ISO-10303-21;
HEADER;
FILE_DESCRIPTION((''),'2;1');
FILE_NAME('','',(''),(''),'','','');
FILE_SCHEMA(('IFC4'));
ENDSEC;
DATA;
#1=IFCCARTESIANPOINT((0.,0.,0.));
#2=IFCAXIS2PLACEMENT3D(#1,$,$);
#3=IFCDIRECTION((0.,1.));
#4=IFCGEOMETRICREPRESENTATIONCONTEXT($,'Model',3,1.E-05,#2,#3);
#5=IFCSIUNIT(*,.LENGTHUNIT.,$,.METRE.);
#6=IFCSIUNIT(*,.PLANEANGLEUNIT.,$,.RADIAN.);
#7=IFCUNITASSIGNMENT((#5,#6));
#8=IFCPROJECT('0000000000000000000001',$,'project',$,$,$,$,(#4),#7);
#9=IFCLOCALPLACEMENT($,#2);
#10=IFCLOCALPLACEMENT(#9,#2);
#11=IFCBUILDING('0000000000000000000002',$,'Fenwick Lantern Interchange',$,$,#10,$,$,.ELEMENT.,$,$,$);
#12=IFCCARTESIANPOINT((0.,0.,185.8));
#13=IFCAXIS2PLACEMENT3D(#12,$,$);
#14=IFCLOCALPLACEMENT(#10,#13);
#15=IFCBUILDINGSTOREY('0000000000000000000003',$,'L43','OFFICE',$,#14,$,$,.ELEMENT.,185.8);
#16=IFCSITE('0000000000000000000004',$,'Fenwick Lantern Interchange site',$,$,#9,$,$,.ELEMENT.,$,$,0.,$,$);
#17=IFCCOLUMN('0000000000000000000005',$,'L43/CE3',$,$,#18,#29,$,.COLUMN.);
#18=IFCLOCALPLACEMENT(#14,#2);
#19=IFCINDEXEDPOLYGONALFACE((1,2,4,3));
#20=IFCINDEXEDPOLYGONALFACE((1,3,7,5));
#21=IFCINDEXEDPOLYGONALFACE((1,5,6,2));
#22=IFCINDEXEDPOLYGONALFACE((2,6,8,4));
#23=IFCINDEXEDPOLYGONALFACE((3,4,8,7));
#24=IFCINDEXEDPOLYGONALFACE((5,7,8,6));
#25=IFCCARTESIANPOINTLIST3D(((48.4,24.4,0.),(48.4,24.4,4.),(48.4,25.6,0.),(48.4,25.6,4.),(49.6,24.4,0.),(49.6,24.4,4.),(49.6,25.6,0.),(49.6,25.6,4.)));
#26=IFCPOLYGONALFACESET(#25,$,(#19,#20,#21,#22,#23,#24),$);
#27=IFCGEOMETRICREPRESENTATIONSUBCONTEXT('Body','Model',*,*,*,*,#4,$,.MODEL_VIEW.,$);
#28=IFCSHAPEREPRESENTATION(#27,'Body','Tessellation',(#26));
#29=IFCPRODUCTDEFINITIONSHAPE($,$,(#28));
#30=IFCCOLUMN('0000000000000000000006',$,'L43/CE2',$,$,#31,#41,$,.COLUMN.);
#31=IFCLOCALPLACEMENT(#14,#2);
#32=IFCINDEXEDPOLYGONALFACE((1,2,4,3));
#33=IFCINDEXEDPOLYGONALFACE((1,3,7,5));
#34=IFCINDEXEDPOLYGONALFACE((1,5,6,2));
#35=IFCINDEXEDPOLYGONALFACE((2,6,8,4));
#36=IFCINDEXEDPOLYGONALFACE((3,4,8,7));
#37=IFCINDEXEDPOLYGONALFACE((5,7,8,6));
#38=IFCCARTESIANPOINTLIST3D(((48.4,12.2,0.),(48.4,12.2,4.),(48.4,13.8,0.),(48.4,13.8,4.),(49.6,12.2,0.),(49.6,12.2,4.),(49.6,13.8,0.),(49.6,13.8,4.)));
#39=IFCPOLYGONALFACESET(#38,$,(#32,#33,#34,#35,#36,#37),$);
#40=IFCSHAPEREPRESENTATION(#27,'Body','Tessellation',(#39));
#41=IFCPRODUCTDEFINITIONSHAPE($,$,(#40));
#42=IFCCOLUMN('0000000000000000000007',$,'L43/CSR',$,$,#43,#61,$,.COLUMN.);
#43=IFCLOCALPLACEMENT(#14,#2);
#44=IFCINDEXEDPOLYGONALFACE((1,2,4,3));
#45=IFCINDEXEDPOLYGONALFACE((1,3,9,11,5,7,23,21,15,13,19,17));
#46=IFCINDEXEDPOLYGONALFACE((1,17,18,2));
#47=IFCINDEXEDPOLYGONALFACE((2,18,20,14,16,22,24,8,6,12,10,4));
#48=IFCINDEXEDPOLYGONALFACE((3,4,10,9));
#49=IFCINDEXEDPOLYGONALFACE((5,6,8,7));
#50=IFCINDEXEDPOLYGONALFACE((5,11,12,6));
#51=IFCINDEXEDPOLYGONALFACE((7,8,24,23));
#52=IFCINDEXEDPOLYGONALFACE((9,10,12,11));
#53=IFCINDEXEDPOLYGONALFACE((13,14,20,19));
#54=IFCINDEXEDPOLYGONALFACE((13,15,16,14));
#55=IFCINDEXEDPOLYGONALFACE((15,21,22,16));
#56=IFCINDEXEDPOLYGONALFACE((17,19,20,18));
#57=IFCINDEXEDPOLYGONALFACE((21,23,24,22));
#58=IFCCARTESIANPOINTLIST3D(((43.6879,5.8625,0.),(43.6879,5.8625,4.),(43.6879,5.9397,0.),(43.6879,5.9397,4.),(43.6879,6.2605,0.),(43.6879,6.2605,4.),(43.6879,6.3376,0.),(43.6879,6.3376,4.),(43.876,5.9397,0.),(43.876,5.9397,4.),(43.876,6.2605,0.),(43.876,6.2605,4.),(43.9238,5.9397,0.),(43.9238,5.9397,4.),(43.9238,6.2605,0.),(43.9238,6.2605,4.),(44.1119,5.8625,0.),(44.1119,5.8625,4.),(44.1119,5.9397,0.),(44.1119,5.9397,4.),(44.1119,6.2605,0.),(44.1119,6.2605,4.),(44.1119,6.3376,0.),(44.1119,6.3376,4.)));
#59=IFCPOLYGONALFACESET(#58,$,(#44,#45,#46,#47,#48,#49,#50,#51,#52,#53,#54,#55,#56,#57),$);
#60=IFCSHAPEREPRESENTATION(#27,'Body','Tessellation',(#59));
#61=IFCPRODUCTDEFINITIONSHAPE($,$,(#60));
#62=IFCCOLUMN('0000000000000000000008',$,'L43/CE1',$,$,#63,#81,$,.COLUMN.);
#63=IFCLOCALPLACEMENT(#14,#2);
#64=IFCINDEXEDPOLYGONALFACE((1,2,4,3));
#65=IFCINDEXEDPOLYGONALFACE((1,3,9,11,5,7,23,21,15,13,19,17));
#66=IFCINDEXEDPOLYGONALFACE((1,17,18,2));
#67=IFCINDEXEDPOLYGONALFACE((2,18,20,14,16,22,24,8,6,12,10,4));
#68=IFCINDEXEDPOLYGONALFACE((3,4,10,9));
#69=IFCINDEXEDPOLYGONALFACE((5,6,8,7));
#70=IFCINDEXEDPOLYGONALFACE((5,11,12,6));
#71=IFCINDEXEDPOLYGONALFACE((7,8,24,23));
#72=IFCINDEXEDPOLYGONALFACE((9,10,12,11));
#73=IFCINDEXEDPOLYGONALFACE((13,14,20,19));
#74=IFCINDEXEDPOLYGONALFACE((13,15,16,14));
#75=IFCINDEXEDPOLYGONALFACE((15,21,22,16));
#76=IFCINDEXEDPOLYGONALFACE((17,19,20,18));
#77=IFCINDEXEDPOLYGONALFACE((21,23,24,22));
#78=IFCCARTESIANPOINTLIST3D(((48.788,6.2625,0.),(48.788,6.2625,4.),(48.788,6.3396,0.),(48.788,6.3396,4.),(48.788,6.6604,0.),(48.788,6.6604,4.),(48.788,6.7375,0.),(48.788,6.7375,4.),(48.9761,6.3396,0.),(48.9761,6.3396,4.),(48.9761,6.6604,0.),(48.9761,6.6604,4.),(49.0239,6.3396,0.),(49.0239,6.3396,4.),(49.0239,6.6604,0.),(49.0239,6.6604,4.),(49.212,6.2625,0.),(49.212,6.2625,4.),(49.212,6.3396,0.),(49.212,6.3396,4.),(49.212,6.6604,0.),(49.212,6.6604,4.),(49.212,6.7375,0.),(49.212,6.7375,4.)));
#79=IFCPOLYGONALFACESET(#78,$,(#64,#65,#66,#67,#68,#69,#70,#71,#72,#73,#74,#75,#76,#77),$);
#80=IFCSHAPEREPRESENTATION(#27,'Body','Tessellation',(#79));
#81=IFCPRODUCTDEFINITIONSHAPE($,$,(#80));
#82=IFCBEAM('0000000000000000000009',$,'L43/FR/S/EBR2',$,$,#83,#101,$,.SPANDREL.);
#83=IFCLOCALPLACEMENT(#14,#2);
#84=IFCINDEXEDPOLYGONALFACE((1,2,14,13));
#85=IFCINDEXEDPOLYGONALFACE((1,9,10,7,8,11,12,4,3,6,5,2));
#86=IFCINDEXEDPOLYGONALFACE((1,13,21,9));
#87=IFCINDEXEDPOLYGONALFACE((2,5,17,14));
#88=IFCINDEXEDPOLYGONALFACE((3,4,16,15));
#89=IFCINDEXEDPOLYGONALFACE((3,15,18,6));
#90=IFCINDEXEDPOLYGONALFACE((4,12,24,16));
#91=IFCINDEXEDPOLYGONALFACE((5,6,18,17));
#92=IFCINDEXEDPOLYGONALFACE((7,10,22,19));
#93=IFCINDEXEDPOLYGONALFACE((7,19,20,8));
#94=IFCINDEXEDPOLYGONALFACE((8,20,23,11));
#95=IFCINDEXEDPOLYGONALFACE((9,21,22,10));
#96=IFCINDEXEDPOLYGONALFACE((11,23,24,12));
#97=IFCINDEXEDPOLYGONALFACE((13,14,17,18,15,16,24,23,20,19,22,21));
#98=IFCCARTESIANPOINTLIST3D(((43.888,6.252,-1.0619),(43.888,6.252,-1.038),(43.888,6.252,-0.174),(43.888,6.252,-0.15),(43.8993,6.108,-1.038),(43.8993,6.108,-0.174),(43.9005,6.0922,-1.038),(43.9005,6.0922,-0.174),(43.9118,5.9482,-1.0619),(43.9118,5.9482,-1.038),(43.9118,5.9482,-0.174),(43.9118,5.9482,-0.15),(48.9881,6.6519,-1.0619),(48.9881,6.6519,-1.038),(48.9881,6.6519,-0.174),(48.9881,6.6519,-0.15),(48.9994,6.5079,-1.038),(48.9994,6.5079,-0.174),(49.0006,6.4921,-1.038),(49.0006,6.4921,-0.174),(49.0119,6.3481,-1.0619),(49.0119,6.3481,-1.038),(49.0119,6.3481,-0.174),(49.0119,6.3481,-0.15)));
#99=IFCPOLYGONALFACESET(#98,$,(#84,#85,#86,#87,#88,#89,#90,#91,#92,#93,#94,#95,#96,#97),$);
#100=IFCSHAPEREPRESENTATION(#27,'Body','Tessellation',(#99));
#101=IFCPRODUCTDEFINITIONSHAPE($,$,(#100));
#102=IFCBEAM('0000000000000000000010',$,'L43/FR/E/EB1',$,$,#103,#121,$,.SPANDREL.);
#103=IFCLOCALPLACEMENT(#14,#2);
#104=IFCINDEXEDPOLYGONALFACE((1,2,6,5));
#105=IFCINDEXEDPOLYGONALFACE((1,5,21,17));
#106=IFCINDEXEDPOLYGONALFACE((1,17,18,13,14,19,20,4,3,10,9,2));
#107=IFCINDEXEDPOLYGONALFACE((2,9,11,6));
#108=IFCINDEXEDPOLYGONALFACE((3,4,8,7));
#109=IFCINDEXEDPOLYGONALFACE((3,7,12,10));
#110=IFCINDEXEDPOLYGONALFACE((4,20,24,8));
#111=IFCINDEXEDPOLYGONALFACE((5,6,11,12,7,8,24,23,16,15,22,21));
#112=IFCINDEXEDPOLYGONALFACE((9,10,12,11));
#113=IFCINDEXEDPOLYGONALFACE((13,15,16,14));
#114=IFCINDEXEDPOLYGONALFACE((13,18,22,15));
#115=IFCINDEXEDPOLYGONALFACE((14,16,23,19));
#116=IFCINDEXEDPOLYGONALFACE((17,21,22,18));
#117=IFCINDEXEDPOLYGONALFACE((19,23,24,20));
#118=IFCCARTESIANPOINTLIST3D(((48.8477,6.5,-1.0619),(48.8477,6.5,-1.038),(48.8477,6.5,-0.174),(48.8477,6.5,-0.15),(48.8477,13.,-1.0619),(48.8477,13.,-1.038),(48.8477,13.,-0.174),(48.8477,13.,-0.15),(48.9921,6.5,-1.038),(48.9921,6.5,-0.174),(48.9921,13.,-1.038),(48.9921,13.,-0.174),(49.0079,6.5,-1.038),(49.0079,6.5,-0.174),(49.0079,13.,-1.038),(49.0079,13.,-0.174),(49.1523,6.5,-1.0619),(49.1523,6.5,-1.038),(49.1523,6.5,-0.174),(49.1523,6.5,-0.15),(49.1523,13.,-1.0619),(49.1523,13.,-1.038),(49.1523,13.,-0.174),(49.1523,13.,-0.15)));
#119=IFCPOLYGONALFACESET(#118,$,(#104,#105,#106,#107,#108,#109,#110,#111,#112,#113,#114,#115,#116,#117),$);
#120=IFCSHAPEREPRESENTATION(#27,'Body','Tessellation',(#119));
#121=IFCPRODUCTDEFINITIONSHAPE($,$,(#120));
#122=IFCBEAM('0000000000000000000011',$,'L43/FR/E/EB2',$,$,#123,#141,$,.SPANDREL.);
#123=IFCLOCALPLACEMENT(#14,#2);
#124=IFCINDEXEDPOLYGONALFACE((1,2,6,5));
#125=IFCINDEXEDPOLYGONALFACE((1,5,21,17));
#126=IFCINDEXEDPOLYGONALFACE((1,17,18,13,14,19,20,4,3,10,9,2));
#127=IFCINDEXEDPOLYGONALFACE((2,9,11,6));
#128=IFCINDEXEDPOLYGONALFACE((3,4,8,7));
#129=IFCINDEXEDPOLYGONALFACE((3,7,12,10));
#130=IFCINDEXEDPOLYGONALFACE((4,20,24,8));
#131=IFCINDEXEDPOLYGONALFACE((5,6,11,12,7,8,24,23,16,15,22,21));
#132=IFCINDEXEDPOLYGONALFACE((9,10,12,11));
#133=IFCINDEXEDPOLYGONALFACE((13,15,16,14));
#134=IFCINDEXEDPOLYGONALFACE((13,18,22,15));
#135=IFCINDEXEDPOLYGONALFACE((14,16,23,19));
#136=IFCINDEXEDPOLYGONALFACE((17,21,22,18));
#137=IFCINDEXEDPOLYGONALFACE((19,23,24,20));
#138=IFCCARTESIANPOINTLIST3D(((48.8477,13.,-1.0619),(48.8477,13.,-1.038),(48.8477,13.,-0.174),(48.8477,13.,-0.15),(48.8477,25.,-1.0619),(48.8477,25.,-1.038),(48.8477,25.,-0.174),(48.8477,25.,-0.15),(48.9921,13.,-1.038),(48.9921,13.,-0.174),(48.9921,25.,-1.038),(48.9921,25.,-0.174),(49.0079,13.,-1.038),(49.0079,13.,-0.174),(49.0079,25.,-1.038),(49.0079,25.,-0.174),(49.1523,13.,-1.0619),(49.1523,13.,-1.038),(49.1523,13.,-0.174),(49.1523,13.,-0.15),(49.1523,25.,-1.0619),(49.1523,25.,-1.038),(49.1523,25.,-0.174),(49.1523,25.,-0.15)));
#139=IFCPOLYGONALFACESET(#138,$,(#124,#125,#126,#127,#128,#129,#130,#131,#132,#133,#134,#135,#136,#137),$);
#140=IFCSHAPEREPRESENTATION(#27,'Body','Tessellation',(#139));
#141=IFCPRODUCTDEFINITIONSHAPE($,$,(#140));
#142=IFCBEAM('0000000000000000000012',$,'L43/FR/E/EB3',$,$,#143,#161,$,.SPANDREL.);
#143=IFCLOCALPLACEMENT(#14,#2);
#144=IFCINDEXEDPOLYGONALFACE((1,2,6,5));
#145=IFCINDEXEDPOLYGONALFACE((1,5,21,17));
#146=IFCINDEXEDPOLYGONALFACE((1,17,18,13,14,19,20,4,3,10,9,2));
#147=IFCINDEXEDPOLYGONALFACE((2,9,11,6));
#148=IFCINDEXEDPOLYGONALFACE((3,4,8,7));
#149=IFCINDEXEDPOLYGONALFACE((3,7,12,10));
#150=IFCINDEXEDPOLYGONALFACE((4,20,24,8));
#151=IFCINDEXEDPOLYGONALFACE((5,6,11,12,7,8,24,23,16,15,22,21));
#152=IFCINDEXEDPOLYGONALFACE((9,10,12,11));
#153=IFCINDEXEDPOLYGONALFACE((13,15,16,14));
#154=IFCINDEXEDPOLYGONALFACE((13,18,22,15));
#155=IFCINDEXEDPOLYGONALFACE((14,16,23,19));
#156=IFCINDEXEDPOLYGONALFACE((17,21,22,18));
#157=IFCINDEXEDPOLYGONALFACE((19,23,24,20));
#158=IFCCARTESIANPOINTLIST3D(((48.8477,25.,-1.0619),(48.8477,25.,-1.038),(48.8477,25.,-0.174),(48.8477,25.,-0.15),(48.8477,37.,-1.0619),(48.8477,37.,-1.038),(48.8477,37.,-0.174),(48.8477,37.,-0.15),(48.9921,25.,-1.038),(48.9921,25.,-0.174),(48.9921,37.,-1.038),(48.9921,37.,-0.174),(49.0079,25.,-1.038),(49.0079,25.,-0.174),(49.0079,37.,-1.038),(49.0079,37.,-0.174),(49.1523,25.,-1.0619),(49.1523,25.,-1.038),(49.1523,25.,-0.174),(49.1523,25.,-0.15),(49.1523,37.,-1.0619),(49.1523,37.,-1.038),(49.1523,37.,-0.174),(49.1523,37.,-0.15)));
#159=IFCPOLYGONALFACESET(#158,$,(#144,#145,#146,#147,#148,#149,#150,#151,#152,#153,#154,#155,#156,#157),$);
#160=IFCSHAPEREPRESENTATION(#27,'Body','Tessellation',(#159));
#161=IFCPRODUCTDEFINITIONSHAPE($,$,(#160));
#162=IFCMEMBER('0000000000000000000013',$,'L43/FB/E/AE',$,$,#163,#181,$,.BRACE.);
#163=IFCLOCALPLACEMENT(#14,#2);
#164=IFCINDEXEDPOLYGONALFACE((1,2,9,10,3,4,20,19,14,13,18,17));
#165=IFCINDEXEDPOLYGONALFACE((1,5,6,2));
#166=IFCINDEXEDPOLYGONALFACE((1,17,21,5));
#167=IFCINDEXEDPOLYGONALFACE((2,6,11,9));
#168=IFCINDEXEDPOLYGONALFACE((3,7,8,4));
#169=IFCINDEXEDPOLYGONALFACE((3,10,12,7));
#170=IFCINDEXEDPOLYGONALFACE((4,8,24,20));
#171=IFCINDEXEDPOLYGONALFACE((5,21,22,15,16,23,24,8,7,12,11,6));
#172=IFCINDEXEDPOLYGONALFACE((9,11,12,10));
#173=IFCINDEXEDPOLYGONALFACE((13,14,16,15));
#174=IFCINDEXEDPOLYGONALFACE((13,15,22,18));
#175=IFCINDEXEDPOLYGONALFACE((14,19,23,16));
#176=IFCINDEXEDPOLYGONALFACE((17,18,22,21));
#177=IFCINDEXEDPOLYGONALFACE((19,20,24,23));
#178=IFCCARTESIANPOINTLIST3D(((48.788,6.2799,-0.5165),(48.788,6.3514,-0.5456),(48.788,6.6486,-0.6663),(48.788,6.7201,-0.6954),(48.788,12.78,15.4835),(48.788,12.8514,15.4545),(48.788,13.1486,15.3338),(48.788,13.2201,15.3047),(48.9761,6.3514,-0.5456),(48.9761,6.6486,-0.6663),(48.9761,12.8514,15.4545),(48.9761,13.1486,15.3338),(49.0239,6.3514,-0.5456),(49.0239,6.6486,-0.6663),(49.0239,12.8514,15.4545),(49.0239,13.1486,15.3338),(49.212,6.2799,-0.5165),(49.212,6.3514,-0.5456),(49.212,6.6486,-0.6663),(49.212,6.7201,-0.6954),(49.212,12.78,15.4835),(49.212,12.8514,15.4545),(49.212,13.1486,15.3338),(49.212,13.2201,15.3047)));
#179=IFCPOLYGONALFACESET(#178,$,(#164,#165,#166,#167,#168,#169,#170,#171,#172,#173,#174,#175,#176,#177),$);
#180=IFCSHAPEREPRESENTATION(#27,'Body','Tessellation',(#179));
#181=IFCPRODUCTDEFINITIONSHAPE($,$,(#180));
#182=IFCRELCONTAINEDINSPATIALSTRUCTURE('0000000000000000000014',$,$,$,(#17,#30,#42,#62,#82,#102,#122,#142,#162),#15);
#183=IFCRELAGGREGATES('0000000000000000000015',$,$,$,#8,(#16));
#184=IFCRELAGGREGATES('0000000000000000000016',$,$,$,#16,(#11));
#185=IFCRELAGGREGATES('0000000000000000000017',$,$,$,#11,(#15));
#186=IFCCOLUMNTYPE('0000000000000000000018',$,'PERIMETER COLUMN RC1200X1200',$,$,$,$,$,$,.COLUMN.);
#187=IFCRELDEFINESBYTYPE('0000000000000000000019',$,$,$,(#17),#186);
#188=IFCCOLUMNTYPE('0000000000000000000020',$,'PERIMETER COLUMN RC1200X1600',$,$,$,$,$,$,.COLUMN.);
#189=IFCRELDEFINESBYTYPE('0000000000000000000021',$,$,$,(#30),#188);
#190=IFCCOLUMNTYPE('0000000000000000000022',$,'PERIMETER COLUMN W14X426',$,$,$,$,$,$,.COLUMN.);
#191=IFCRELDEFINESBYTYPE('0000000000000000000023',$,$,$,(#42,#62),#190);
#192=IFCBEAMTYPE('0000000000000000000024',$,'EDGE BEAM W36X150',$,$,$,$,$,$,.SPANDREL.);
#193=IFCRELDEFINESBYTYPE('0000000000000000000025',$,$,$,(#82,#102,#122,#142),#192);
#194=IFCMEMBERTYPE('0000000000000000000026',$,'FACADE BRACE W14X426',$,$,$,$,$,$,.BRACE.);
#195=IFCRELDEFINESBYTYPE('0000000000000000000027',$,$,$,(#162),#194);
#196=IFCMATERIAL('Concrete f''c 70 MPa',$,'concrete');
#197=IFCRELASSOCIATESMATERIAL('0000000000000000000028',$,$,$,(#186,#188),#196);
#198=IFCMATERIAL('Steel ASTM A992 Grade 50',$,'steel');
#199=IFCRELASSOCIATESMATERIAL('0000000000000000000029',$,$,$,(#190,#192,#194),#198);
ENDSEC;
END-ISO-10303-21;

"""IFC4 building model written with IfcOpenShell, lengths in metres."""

from ifc_helpers import new_model, si_unit, direction, frame, origin, origin_2d, place, context, subcontext, project, spatial, rectangle, i_section, extrude, material, material_profile, profile_set, type_object, element, save


model = new_model("IFC4")

# Units and contexts
model_context = context("Model", 3, precision=1e-05, world=origin(), true_north=direction((0.0, 1.0)))
body_context = subcontext(model_context, "Body", "Model", "MODEL_VIEW")
ifc_project = project(units=[si_unit("LENGTHUNIT", "METRE"), si_unit("PLANEANGLEUNIT", "RADIAN")], contexts=[model_context])

# Site, building, storey
site_placement = place(None, origin())
site = spatial("IfcSite", under=ifc_project, at=site_placement, Name="Fenwick Lantern Interchange site", CompositionType="ELEMENT", RefElevation=0.0)
building_placement = place(site_placement, origin())
building = spatial("IfcBuilding", under=site, at=building_placement, Name="Fenwick Lantern Interchange", CompositionType="ELEMENT")
storey_placement = place(building_placement, frame((0.0, 0.0, 185.8)))
storey = spatial("IfcBuildingStorey", under=building, at=storey_placement, Name="L43", Description="OFFICE", CompositionType="ELEMENT", Elevation=185.8)

# Columns
ifc_material_1 = material(Name="Concrete f'c 70 MPa", Category="concrete")
ifc_material_profile_1 = material_profile(ifc_material_1, rectangle(XDim=1.2, YDim=1.2, at=origin_2d()), Name="RC1200X1200")
ifc_profile_set_1 = profile_set([ifc_material_profile_1], Name="Concrete f'c 70 MPa")
column_type_1 = type_object("IfcColumnType", Name="PERIMETER COLUMN RC1200X1200", PredefinedType="COLUMN", material=ifc_profile_set_1)
column_1_placement = place(storey_placement, frame((49.0, 25.0, 0.0), z_axis=(0.0, 0.0, 1.0), x_axis=(1.0, 0.0, 0.0)))
element("IfcColumn", 1, at=column_1_placement, inside=storey, type_object=column_type_1, Name="L43/CE3", PredefinedType="COLUMN", context=body_context, shape_type="SweptSolid", body=[
    extrude(rectangle(XDim=1.2, YDim=1.2, at=origin_2d()), origin(), (0.0, 0.0, 1.0), 4.0),
])
ifc_material_profile_2 = material_profile(ifc_material_1, rectangle(XDim=1.2, YDim=1.6001, at=origin_2d()), Name="RC1200X1600")
ifc_profile_set_2 = profile_set([ifc_material_profile_2], Name="Concrete f'c 70 MPa")
column_type_2 = type_object("IfcColumnType", Name="PERIMETER COLUMN RC1200X1600", PredefinedType="COLUMN", material=ifc_profile_set_2)
column_2_placement = place(storey_placement, frame((49.0, 13.0, 0.0), z_axis=(0.0, 0.0, 1.0), x_axis=(1.0, 0.0, 0.0)))
element("IfcColumn", 2, at=column_2_placement, inside=storey, type_object=column_type_2, Name="L43/CE2", PredefinedType="COLUMN", context=body_context, shape_type="SweptSolid", body=[
    extrude(rectangle(XDim=1.2, YDim=1.6001, at=origin_2d()), origin(), (0.0, 0.0, 1.0), 4.0),
])
ifc_material_2 = material(Name="Steel ASTM A992 Grade 50", Category="steel")
ifc_material_profile_3 = material_profile(ifc_material_2, i_section(OverallWidth=0.4241, OverallDepth=0.4751, WebThickness=0.0479, FlangeThickness=0.0771, at=origin_2d()), Name="W14X426")
ifc_profile_set_3 = profile_set([ifc_material_profile_3], Name="Steel ASTM A992 Grade 50")
column_type_3 = type_object("IfcColumnType", Name="PERIMETER COLUMN W14X426", PredefinedType="COLUMN", material=ifc_profile_set_3)
for number, where, z_axis, x_axis, name in (
    (3, (43.8999, 6.1001, 0.0), (0.0, 0.0, 1.0), (1.0, 0.0, 0.0), "L43/CSR"),
    (4, (49.0, 6.5, 0.0), (0.0, 0.0, 1.0), (1.0, 0.0, 0.0), "L43/CE1"),
):
    element("IfcColumn", number, at=place(storey_placement, frame(where, z_axis=z_axis, x_axis=x_axis)), inside=storey, type_object=column_type_3, Name=name, PredefinedType="COLUMN", context=body_context, shape_type="SweptSolid", body=[
        extrude(i_section(OverallWidth=0.4241, OverallDepth=0.4751, WebThickness=0.0479, FlangeThickness=0.0771, at=origin_2d()), origin(), (0.0, 0.0, 1.0), 4.0),
    ])

# Beams
ifc_material_profile_4 = material_profile(ifc_material_2, i_section(OverallWidth=0.3047, OverallDepth=0.9119, WebThickness=0.0159, FlangeThickness=0.0239, at=origin_2d()), Name="W36X150")
ifc_profile_set_4 = profile_set([ifc_material_profile_4], Name="Steel ASTM A992 Grade 50")
beam_type_1 = type_object("IfcBeamType", Name="EDGE BEAM W36X150", PredefinedType="SPANDREL", material=ifc_profile_set_4)
beam_1_placement = place(storey_placement, frame((43.8999, 6.1001, -0.606), z_axis=(0.99694, 0.078171, 0.0), x_axis=(-0.078171, 0.99694, 0.0)))
element("IfcBeam", 5, at=beam_1_placement, inside=storey, type_object=beam_type_1, Name="L43/FR/S/EBR2", PredefinedType="SPANDREL", context=body_context, shape_type="SweptSolid", body=[
    extrude(i_section(OverallWidth=0.3047, OverallDepth=0.9119, WebThickness=0.0159, FlangeThickness=0.0239, at=origin_2d()), origin(), (0.0, 0.0, 1.0), 5.1157),
])
beam_2_placement = place(storey_placement, frame((49.0, 6.5, -0.606), z_axis=(0.0, 1.0, 0.0), x_axis=(-1.0, 0.0, 0.0)))
element("IfcBeam", 6, at=beam_2_placement, inside=storey, type_object=beam_type_1, Name="L43/FR/E/EB1", PredefinedType="SPANDREL", context=body_context, shape_type="SweptSolid", body=[
    extrude(i_section(OverallWidth=0.3047, OverallDepth=0.9119, WebThickness=0.0159, FlangeThickness=0.0239, at=origin_2d()), origin(), (0.0, 0.0, 1.0), 6.5),
])
for number, where, z_axis, x_axis, name in (
    (7, (49.0, 13.0, -0.606), (0.0, 1.0, 0.0), (-1.0, 0.0, 0.0), "L43/FR/E/EB2"),
    (8, (49.0, 25.0, -0.606), (0.0, 1.0, 0.0), (-1.0, 0.0, 0.0), "L43/FR/E/EB3"),
):
    element("IfcBeam", number, at=place(storey_placement, frame(where, z_axis=z_axis, x_axis=x_axis)), inside=storey, type_object=beam_type_1, Name=name, PredefinedType="SPANDREL", context=body_context, shape_type="SweptSolid", body=[
        extrude(i_section(OverallWidth=0.3047, OverallDepth=0.9119, WebThickness=0.0159, FlangeThickness=0.0239, at=origin_2d()), origin(), (0.0, 0.0, 1.0), 12.0),
    ])

# Member
ifc_material_profile_5 = material_profile(ifc_material_2, i_section(OverallWidth=0.4241, OverallDepth=0.4751, WebThickness=0.0479, FlangeThickness=0.0771, at=origin_2d()), Name="W14X426")
ifc_profile_set_5 = profile_set([ifc_material_profile_5], Name="Steel ASTM A992 Grade 50")
member_type_1 = type_object("IfcMemberType", Name="FACADE BRACE W14X426", PredefinedType="BRACE", material=ifc_profile_set_5)
member_1_placement = place(storey_placement, frame((49.0, 6.5, -0.606), z_axis=(0.0, 0.376377, 0.926467), x_axis=(-1.0, 0.0, 0.0)))
element("IfcMember", 9, at=member_1_placement, inside=storey, type_object=member_type_1, Name="L43/FB/E/AE", PredefinedType="BRACE", context=body_context, shape_type="SweptSolid", body=[
    extrude(i_section(OverallWidth=0.4241, OverallDepth=0.4751, WebThickness=0.0479, FlangeThickness=0.0771, at=origin_2d()), origin(), (0.0, 0.0, 1.0), 17.27),
])

save(model, "model.ifc")
